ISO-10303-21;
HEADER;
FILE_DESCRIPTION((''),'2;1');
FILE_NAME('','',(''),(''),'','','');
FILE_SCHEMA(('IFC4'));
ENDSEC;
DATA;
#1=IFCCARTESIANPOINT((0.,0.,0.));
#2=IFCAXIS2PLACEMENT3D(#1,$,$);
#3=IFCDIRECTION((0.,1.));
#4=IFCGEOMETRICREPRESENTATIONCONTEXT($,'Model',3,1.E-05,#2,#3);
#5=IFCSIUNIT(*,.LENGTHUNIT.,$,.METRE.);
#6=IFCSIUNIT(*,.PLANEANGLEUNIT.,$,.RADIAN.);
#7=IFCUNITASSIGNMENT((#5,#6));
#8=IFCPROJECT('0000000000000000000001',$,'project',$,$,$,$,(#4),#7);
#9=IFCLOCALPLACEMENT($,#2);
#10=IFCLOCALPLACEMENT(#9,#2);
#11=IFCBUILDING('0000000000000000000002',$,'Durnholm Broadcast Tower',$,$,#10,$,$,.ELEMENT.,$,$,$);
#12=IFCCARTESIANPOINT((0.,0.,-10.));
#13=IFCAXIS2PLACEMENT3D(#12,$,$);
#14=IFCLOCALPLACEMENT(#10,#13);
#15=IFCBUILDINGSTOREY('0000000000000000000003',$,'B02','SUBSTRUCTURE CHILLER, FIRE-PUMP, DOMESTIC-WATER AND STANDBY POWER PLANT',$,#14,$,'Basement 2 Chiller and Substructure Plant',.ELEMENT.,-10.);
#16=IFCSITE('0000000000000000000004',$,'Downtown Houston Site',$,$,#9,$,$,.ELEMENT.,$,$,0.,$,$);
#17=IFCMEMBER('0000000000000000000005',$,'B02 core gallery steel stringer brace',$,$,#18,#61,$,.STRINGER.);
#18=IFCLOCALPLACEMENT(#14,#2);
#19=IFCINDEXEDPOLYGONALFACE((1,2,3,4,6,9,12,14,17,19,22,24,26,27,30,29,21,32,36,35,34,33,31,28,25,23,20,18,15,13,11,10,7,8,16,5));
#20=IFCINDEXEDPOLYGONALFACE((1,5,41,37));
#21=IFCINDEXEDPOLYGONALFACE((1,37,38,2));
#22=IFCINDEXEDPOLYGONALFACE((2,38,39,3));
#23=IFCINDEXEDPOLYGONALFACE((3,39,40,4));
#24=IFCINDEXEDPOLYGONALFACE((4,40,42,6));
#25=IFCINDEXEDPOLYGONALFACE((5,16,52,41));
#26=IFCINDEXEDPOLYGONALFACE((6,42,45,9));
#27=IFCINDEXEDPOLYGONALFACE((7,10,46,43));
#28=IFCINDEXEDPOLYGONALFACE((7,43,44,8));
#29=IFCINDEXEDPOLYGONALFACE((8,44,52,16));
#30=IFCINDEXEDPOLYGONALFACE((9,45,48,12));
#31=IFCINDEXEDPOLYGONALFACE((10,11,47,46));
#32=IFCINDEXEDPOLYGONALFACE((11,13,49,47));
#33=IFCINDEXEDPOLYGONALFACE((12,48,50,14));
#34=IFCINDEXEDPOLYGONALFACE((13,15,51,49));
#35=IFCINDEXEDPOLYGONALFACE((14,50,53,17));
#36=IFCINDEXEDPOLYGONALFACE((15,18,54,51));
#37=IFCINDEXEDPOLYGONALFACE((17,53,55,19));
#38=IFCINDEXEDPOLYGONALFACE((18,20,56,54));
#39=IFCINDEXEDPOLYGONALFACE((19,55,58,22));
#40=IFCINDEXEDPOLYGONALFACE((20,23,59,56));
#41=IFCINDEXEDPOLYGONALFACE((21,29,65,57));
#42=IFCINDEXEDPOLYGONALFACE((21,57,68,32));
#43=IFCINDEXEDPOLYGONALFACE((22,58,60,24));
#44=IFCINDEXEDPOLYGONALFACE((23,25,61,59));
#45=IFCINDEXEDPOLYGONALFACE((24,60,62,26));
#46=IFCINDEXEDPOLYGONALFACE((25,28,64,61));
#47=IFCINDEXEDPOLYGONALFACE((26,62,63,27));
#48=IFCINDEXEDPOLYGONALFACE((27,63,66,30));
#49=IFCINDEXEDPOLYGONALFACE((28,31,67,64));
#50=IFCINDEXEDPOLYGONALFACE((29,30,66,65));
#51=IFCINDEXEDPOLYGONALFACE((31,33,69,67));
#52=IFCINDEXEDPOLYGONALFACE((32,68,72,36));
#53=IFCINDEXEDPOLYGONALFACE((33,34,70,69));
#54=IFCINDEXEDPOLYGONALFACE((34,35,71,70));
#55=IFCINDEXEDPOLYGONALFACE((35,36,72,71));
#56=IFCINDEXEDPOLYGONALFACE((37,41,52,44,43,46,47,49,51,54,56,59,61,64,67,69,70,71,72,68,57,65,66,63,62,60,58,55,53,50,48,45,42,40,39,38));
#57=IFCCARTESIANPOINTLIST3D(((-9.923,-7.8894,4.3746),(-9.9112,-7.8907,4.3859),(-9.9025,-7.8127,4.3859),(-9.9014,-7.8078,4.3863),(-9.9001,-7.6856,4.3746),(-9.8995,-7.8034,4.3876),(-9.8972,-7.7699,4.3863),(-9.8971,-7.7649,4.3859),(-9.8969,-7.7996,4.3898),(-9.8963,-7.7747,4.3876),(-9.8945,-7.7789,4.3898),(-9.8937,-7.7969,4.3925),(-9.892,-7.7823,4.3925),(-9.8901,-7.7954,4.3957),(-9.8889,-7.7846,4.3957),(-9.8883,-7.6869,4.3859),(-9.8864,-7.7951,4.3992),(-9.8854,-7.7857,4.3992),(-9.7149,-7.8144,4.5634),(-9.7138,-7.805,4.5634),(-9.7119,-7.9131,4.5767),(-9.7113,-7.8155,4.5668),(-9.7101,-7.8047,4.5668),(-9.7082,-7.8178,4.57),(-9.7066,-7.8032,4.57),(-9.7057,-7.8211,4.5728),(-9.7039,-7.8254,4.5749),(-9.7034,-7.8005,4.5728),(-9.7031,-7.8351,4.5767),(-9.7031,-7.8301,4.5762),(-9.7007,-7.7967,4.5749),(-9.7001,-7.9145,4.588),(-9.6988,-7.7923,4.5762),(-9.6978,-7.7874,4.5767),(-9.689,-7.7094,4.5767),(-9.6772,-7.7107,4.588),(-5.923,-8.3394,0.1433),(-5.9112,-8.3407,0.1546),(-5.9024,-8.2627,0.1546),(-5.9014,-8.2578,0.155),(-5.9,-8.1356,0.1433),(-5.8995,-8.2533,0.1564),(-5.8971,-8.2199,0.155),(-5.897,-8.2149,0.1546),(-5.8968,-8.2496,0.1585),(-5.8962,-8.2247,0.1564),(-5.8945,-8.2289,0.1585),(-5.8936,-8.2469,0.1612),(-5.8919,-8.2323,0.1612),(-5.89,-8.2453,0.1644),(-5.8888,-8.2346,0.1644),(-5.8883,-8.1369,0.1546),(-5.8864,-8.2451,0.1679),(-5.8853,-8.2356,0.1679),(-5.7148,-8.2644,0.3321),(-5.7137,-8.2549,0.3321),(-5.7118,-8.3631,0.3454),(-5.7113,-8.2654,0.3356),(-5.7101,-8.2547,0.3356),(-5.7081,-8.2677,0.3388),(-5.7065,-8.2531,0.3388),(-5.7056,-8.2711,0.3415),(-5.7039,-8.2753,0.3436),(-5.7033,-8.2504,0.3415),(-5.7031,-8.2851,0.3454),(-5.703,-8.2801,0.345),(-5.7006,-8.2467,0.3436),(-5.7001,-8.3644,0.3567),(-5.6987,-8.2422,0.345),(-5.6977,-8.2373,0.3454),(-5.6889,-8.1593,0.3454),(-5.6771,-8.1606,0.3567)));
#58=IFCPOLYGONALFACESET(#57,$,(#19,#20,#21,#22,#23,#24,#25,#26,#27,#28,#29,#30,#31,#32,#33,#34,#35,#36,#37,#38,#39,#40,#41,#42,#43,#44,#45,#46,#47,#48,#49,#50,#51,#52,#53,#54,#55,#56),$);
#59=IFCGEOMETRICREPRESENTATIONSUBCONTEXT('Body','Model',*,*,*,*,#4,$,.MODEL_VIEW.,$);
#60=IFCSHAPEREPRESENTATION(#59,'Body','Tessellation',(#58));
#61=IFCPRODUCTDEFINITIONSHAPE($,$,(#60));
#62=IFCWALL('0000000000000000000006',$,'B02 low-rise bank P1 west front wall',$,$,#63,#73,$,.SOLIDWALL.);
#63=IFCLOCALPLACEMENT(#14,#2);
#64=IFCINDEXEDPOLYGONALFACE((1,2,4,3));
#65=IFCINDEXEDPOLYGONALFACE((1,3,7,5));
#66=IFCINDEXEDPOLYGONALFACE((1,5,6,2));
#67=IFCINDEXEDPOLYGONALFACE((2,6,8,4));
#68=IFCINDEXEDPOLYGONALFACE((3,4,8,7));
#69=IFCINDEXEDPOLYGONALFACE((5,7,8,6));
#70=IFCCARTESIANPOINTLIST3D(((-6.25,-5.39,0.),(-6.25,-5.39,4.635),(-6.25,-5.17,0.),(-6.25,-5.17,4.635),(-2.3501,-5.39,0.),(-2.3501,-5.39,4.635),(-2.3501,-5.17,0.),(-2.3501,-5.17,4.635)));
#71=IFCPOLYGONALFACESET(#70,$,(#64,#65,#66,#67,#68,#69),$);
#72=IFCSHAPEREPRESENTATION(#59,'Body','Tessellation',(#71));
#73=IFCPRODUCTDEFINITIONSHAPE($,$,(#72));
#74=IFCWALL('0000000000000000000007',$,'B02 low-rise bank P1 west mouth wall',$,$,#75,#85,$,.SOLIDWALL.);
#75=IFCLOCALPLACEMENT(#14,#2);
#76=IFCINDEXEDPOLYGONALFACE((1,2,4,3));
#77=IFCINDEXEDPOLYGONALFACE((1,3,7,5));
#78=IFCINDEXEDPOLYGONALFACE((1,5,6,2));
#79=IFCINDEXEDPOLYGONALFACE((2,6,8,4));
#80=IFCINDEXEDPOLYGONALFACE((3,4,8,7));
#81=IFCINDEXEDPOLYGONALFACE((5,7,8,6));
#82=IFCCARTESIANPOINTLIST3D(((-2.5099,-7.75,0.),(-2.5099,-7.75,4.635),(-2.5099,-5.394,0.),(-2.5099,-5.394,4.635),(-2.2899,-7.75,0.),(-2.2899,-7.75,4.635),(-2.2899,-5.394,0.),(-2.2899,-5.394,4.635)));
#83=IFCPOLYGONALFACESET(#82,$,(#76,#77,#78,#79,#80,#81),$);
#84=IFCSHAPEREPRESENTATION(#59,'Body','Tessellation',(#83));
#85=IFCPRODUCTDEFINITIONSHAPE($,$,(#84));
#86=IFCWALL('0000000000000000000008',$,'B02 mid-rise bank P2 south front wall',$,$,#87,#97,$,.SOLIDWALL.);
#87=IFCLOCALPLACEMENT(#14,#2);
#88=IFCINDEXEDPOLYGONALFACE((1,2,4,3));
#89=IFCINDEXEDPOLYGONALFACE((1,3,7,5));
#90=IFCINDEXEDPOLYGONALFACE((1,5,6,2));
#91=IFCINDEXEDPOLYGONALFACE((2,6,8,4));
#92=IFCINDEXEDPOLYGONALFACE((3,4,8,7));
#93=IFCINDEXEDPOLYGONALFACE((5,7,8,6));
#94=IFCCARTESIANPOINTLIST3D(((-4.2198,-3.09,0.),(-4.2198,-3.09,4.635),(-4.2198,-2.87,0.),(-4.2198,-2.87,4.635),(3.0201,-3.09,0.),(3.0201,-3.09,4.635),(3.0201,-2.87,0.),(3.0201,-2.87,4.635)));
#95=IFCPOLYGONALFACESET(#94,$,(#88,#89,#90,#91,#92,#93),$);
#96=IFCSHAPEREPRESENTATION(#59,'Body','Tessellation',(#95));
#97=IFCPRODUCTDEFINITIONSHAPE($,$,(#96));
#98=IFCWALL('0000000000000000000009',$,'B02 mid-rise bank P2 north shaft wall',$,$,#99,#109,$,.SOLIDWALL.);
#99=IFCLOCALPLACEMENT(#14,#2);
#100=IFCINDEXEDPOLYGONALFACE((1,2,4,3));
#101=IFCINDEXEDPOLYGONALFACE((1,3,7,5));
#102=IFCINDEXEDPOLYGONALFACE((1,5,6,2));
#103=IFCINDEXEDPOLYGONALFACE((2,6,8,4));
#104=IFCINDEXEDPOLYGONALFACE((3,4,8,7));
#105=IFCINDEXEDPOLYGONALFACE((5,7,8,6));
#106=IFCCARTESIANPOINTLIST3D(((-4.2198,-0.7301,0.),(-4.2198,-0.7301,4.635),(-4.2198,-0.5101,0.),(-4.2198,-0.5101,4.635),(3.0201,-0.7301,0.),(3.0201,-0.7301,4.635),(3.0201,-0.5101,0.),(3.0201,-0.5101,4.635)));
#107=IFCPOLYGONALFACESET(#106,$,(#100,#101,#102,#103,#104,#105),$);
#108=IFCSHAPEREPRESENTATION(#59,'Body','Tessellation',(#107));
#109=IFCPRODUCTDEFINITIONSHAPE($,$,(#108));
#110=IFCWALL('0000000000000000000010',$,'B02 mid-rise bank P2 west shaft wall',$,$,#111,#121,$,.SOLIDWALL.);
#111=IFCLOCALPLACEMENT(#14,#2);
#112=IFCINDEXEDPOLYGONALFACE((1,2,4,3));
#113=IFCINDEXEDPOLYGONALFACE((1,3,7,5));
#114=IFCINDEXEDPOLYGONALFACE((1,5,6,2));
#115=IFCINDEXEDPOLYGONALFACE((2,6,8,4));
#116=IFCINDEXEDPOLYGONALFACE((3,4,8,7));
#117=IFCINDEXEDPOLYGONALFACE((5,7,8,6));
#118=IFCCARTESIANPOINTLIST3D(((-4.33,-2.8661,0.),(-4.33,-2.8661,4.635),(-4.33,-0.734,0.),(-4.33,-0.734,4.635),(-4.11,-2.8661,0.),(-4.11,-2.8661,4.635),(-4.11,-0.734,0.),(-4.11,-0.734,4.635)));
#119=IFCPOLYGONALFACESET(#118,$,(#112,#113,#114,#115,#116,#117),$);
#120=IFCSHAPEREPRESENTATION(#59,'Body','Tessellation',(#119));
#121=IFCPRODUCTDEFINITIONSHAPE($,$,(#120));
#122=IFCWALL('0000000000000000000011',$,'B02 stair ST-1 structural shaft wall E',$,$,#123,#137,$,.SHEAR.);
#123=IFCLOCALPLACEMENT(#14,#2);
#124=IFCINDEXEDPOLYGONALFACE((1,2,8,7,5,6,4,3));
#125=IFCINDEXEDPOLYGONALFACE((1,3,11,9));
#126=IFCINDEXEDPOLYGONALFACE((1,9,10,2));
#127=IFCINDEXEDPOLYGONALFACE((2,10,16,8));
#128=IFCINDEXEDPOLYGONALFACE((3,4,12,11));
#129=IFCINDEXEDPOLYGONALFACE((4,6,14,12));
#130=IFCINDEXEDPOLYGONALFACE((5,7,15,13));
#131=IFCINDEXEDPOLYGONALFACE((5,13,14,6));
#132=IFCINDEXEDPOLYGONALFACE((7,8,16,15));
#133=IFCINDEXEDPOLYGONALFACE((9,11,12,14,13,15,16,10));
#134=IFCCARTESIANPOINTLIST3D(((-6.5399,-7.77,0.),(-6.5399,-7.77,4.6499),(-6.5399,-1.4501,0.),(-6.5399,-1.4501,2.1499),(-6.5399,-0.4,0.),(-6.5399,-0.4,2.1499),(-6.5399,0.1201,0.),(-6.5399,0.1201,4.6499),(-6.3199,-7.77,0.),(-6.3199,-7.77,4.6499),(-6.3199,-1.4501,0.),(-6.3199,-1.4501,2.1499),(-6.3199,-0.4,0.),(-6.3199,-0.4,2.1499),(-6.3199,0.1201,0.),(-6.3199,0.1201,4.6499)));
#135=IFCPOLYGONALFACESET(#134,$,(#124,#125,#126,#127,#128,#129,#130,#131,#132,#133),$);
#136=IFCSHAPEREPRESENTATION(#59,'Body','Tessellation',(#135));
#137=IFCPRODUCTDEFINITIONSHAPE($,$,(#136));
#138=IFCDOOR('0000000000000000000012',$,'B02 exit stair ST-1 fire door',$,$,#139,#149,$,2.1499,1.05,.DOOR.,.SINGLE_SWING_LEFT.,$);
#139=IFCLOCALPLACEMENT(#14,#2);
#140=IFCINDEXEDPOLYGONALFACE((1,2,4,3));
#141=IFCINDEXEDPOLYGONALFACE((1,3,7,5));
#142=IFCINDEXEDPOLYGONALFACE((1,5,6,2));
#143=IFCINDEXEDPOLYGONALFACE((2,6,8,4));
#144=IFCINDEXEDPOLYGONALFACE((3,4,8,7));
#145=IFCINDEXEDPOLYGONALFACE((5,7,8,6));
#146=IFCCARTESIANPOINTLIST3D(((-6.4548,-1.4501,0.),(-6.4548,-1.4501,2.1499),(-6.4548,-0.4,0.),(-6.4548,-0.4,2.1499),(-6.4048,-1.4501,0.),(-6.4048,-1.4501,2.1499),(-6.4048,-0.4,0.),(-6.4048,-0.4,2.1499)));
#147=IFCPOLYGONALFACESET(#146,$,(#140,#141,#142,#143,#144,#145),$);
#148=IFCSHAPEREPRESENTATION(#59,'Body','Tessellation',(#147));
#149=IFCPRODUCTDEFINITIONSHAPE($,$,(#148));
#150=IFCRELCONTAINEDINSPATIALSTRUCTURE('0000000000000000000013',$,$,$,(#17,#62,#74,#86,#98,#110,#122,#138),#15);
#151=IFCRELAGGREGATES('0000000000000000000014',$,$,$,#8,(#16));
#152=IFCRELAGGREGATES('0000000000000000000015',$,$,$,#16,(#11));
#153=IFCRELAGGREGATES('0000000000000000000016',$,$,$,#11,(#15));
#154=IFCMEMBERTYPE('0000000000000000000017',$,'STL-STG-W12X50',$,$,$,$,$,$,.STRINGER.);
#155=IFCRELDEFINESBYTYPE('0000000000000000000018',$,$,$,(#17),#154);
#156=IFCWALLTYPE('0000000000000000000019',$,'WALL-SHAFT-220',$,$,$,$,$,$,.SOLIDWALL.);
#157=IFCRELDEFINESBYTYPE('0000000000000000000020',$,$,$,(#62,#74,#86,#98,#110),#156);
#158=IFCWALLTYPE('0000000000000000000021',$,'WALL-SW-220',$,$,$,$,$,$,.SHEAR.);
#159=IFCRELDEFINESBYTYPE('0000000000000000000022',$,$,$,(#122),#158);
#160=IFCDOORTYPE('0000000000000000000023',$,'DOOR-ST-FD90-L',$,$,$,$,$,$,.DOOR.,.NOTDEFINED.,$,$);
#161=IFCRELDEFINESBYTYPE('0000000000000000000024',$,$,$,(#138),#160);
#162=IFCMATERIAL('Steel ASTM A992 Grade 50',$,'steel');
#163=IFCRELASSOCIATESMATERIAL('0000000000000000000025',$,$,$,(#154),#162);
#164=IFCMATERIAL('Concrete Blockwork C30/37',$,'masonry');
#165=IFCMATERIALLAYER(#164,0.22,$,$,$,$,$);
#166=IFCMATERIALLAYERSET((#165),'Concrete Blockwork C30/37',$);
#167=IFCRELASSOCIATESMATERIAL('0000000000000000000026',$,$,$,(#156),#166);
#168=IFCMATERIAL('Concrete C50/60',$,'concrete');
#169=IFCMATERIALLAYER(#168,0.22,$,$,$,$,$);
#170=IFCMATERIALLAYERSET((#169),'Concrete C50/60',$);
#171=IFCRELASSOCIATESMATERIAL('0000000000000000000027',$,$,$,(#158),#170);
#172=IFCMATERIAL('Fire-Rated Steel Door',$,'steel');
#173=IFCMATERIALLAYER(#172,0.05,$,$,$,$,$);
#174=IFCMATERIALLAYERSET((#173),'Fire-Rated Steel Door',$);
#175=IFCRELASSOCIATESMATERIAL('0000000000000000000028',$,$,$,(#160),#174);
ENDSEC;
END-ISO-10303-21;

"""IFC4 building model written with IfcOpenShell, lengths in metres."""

from ifc_helpers import new_model, si_unit, direction, frame, frame_2d, origin, origin_2d, place, context, subcontext, project, spatial, rectangle, i_section, extrude, source, transform, mapped, material, layer, layer_set, material_profile, profile_set, type_object, type_shapes, element, fill, save


model = new_model("IFC4")

# Units and contexts
model_context = context("Model", 3, precision=1e-05, world=origin(), true_north=direction((0.0, 1.0)))
body_context = subcontext(model_context, "Body", "Model", "MODEL_VIEW")
ifc_project = project(units=[si_unit("LENGTHUNIT", "METRE"), si_unit("PLANEANGLEUNIT", "RADIAN")], contexts=[model_context])

# Site, building, storey
site_placement = place(None, origin())
site = spatial("IfcSite", under=ifc_project, at=site_placement, Name="Downtown Houston Site", CompositionType="ELEMENT", RefElevation=0.0)
building_placement = place(site_placement, origin())
building = spatial("IfcBuilding", under=site, at=building_placement, Name="Durnholm Broadcast Tower", CompositionType="ELEMENT")
storey_placement = place(building_placement, frame((0.0, 0.0, -10.0)))
storey = spatial("IfcBuildingStorey", under=building, at=storey_placement, Name="B02", Description="SUBSTRUCTURE CHILLER, FIRE-PUMP, DOMESTIC-WATER AND STANDBY POWER PLANT", LongName="Basement 2 Chiller and Substructure Plant", CompositionType="ELEMENT", Elevation=-10.0)

# Shared definitions
ifc_material_1 = material(Name="Concrete C50/60", Category="concrete")

# Member
ifc_material_2 = material(Name="Steel ASTM A992 Grade 50", Category="steel")
ifc_material_profile_1 = material_profile(ifc_material_2, i_section(OverallWidth=0.2051, OverallDepth=0.3096, WebThickness=0.0095, FlangeThickness=0.0164, FilletRadius=0.0193, at=origin_2d()), Name="W12X50")
ifc_profile_set_1 = profile_set([ifc_material_profile_1], Name="Steel ASTM A992 Grade 50")
member_type = type_object("IfcMemberType", Name="STL-STG-W12X50", PredefinedType="STRINGER", material=ifc_profile_set_1)
shared_shape_1 = source(origin(), body_context, "Body", "SweptSolid", [
    extrude(i_section(OverallWidth=0.2051, OverallDepth=0.3096, WebThickness=0.0095, FlangeThickness=0.0164, FilletRadius=0.0193, at=origin_2d()), origin(), (0.0, 0.0, 1.0), 5.8401),
])
type_shapes(member_type, [shared_shape_1])
member_placement = place(storey_placement, frame((-5.8, -8.25, 0.25), z_axis=(-0.684932, 0.077047, 0.724522), x_axis=(-0.111783, -0.993733, 0.0)))
element("IfcMember", 1, at=member_placement, inside=storey, type_object=member_type, Name="B02 core gallery steel stringer brace", PredefinedType="STRINGER", context=body_context, shape_type="MappedRepresentation", body=[
    mapped(shared_shape_1, transform((0.0, 0.0, 0.0), x_axis=(1.0, 0.0, 0.0), y_axis=(0.0, 1.0, 0.0), z_axis=(0.0, 0.0, 1.0), scale=1.0)),
])

# Walls
ifc_material_3 = material(Name="Concrete Blockwork C30/37", Category="masonry")
ifc_layer_1 = layer(ifc_material_3, 0.22)
ifc_layer_set_1 = layer_set([ifc_layer_1], Name="Concrete Blockwork C30/37")
wall_type_1 = type_object("IfcWallType", Name="WALL-SHAFT-220", PredefinedType="SOLIDWALL", material=ifc_layer_set_1)
wall_1_placement = place(storey_placement, frame((-6.25, -5.28, 0.0), z_axis=(0.0, 0.0, 1.0), x_axis=(1.0, 0.0, 0.0)))
element("IfcWall", 2, at=wall_1_placement, inside=storey, type_object=wall_type_1, Name="B02 low-rise bank P1 west front wall", PredefinedType="SOLIDWALL", context=body_context, shape_type="SweptSolid", body=[
    extrude(rectangle(XDim=3.8999, YDim=0.22, at=frame_2d((1.95, 0.0))), origin(), (0.0, 0.0, 1.0), 4.635),
])
wall_2_placement = place(storey_placement, frame((-2.3999, -7.75, 0.0), z_axis=(0.0, 0.0, 1.0), x_axis=(0.0, 1.0, 0.0)))
element("IfcWall", 3, at=wall_2_placement, inside=storey, type_object=wall_type_1, Name="B02 low-rise bank P1 west mouth wall", PredefinedType="SOLIDWALL", context=body_context, shape_type="SweptSolid", body=[
    extrude(rectangle(XDim=2.356, YDim=0.22, at=frame_2d((1.178, 0.0))), origin(), (0.0, 0.0, 1.0), 4.635),
])
for number, where, z_axis, x_axis, name in (
    (4, (-4.22, -2.98, 0.0), (0.0, 0.0, 1.0), (1.0, 0.0, 0.0), "B02 mid-rise bank P2 south front wall"),
    (5, (-4.22, -0.6201, 0.0), (0.0, 0.0, 1.0), (1.0, 0.0, 0.0), "B02 mid-rise bank P2 north shaft wall"),
):
    element("IfcWall", number, at=place(storey_placement, frame(where, z_axis=z_axis, x_axis=x_axis)), inside=storey, type_object=wall_type_1, Name=name, PredefinedType="SOLIDWALL", context=body_context, shape_type="SweptSolid", body=[
        extrude(rectangle(XDim=7.24, YDim=0.22, at=frame_2d((3.6201, 0.0))), origin(), (0.0, 0.0, 1.0), 4.635),
    ])
wall_3_placement = place(storey_placement, frame((-4.22, -2.866, 0.0), z_axis=(0.0, 0.0, 1.0), x_axis=(0.0, 1.0, 0.0)))
element("IfcWall", 6, at=wall_3_placement, inside=storey, type_object=wall_type_1, Name="B02 mid-rise bank P2 west shaft wall", PredefinedType="SOLIDWALL", context=body_context, shape_type="SweptSolid", body=[
    extrude(rectangle(XDim=2.1321, YDim=0.22, at=frame_2d((1.0659, 0.0))), origin(), (0.0, 0.0, 1.0), 4.635),
])

# Wall, opening, door
ifc_layer_2 = layer(ifc_material_1, 0.22)
ifc_layer_set_2 = layer_set([ifc_layer_2], Name="Concrete C50/60")
wall_type_2 = type_object("IfcWallType", Name="WALL-SW-220", PredefinedType="SHEAR", material=ifc_layer_set_2)
wall_4_placement = place(storey_placement, frame((-6.4299, -7.77, 0.0), z_axis=(0.0, 0.0, 1.0), x_axis=(0.0, 1.0, 0.0)))
wall_4 = element("IfcWall", 7, at=wall_4_placement, inside=storey, type_object=wall_type_2, Name="B02 stair ST-1 structural shaft wall E", PredefinedType="SHEAR", context=body_context, shape_type="SweptSolid", body=[
    extrude(rectangle(XDim=7.8901, YDim=0.22, at=frame_2d((3.9451, 0.0))), origin(), (0.0, 0.0, 1.0), 4.6499),
])
opening_placement = place(wall_4_placement, frame((6.3201, 0.0, 0.0)))
opening = element("IfcOpeningElement", 8, at=opening_placement, cuts=wall_4, PredefinedType="OPENING", context=body_context, shape_type="SweptSolid", body=[
    extrude(rectangle(XDim=1.05, YDim=2.1499, at=frame_2d((0.5249, 1.075))), frame((0.0, 0.1201, 0.0), z_axis=(0.0, -1.0, 0.0), x_axis=(1.0, 0.0, 0.0)), (0.0, 0.0, 1.0), 0.24),
])
ifc_material_4 = material(Name="Fire-Rated Steel Door", Category="steel")
ifc_layer_3 = layer(ifc_material_4, 0.05)
ifc_layer_set_3 = layer_set([ifc_layer_3], Name="Fire-Rated Steel Door")
door_type = type_object("IfcDoorType", Name="DOOR-ST-FD90-L", OperationType="NOTDEFINED", PredefinedType="DOOR", material=ifc_layer_set_3)
shared_shape_2 = source(origin(), body_context, "Body", "SweptSolid", [
    extrude(rectangle(XDim=1.05, YDim=2.1499, at=frame_2d((0.5249, 1.075))), frame((0.0, 0.0249, 0.0), z_axis=(0.0, -1.0, 0.0), x_axis=(1.0, 0.0, 0.0)), (0.0, 0.0, 1.0), 0.05),
])
type_shapes(door_type, [shared_shape_2])
door_placement = place(opening_placement, origin())
door = element("IfcDoor", 9, at=door_placement, inside=storey, type_object=door_type, Name="B02 exit stair ST-1 fire door", OperationType="SINGLE_SWING_LEFT", OverallHeight=2.1499, OverallWidth=1.05, PredefinedType="DOOR", context=body_context, shape_type="MappedRepresentation", body=[
    mapped(shared_shape_2, transform((0.0, 0.0, 0.0), x_axis=(1.0, 0.0, 0.0), y_axis=(0.0, 1.0, 0.0), z_axis=(0.0, 0.0, 1.0), scale=1.0)),
])
fill(opening, door)

save(model, "model.ifc")
